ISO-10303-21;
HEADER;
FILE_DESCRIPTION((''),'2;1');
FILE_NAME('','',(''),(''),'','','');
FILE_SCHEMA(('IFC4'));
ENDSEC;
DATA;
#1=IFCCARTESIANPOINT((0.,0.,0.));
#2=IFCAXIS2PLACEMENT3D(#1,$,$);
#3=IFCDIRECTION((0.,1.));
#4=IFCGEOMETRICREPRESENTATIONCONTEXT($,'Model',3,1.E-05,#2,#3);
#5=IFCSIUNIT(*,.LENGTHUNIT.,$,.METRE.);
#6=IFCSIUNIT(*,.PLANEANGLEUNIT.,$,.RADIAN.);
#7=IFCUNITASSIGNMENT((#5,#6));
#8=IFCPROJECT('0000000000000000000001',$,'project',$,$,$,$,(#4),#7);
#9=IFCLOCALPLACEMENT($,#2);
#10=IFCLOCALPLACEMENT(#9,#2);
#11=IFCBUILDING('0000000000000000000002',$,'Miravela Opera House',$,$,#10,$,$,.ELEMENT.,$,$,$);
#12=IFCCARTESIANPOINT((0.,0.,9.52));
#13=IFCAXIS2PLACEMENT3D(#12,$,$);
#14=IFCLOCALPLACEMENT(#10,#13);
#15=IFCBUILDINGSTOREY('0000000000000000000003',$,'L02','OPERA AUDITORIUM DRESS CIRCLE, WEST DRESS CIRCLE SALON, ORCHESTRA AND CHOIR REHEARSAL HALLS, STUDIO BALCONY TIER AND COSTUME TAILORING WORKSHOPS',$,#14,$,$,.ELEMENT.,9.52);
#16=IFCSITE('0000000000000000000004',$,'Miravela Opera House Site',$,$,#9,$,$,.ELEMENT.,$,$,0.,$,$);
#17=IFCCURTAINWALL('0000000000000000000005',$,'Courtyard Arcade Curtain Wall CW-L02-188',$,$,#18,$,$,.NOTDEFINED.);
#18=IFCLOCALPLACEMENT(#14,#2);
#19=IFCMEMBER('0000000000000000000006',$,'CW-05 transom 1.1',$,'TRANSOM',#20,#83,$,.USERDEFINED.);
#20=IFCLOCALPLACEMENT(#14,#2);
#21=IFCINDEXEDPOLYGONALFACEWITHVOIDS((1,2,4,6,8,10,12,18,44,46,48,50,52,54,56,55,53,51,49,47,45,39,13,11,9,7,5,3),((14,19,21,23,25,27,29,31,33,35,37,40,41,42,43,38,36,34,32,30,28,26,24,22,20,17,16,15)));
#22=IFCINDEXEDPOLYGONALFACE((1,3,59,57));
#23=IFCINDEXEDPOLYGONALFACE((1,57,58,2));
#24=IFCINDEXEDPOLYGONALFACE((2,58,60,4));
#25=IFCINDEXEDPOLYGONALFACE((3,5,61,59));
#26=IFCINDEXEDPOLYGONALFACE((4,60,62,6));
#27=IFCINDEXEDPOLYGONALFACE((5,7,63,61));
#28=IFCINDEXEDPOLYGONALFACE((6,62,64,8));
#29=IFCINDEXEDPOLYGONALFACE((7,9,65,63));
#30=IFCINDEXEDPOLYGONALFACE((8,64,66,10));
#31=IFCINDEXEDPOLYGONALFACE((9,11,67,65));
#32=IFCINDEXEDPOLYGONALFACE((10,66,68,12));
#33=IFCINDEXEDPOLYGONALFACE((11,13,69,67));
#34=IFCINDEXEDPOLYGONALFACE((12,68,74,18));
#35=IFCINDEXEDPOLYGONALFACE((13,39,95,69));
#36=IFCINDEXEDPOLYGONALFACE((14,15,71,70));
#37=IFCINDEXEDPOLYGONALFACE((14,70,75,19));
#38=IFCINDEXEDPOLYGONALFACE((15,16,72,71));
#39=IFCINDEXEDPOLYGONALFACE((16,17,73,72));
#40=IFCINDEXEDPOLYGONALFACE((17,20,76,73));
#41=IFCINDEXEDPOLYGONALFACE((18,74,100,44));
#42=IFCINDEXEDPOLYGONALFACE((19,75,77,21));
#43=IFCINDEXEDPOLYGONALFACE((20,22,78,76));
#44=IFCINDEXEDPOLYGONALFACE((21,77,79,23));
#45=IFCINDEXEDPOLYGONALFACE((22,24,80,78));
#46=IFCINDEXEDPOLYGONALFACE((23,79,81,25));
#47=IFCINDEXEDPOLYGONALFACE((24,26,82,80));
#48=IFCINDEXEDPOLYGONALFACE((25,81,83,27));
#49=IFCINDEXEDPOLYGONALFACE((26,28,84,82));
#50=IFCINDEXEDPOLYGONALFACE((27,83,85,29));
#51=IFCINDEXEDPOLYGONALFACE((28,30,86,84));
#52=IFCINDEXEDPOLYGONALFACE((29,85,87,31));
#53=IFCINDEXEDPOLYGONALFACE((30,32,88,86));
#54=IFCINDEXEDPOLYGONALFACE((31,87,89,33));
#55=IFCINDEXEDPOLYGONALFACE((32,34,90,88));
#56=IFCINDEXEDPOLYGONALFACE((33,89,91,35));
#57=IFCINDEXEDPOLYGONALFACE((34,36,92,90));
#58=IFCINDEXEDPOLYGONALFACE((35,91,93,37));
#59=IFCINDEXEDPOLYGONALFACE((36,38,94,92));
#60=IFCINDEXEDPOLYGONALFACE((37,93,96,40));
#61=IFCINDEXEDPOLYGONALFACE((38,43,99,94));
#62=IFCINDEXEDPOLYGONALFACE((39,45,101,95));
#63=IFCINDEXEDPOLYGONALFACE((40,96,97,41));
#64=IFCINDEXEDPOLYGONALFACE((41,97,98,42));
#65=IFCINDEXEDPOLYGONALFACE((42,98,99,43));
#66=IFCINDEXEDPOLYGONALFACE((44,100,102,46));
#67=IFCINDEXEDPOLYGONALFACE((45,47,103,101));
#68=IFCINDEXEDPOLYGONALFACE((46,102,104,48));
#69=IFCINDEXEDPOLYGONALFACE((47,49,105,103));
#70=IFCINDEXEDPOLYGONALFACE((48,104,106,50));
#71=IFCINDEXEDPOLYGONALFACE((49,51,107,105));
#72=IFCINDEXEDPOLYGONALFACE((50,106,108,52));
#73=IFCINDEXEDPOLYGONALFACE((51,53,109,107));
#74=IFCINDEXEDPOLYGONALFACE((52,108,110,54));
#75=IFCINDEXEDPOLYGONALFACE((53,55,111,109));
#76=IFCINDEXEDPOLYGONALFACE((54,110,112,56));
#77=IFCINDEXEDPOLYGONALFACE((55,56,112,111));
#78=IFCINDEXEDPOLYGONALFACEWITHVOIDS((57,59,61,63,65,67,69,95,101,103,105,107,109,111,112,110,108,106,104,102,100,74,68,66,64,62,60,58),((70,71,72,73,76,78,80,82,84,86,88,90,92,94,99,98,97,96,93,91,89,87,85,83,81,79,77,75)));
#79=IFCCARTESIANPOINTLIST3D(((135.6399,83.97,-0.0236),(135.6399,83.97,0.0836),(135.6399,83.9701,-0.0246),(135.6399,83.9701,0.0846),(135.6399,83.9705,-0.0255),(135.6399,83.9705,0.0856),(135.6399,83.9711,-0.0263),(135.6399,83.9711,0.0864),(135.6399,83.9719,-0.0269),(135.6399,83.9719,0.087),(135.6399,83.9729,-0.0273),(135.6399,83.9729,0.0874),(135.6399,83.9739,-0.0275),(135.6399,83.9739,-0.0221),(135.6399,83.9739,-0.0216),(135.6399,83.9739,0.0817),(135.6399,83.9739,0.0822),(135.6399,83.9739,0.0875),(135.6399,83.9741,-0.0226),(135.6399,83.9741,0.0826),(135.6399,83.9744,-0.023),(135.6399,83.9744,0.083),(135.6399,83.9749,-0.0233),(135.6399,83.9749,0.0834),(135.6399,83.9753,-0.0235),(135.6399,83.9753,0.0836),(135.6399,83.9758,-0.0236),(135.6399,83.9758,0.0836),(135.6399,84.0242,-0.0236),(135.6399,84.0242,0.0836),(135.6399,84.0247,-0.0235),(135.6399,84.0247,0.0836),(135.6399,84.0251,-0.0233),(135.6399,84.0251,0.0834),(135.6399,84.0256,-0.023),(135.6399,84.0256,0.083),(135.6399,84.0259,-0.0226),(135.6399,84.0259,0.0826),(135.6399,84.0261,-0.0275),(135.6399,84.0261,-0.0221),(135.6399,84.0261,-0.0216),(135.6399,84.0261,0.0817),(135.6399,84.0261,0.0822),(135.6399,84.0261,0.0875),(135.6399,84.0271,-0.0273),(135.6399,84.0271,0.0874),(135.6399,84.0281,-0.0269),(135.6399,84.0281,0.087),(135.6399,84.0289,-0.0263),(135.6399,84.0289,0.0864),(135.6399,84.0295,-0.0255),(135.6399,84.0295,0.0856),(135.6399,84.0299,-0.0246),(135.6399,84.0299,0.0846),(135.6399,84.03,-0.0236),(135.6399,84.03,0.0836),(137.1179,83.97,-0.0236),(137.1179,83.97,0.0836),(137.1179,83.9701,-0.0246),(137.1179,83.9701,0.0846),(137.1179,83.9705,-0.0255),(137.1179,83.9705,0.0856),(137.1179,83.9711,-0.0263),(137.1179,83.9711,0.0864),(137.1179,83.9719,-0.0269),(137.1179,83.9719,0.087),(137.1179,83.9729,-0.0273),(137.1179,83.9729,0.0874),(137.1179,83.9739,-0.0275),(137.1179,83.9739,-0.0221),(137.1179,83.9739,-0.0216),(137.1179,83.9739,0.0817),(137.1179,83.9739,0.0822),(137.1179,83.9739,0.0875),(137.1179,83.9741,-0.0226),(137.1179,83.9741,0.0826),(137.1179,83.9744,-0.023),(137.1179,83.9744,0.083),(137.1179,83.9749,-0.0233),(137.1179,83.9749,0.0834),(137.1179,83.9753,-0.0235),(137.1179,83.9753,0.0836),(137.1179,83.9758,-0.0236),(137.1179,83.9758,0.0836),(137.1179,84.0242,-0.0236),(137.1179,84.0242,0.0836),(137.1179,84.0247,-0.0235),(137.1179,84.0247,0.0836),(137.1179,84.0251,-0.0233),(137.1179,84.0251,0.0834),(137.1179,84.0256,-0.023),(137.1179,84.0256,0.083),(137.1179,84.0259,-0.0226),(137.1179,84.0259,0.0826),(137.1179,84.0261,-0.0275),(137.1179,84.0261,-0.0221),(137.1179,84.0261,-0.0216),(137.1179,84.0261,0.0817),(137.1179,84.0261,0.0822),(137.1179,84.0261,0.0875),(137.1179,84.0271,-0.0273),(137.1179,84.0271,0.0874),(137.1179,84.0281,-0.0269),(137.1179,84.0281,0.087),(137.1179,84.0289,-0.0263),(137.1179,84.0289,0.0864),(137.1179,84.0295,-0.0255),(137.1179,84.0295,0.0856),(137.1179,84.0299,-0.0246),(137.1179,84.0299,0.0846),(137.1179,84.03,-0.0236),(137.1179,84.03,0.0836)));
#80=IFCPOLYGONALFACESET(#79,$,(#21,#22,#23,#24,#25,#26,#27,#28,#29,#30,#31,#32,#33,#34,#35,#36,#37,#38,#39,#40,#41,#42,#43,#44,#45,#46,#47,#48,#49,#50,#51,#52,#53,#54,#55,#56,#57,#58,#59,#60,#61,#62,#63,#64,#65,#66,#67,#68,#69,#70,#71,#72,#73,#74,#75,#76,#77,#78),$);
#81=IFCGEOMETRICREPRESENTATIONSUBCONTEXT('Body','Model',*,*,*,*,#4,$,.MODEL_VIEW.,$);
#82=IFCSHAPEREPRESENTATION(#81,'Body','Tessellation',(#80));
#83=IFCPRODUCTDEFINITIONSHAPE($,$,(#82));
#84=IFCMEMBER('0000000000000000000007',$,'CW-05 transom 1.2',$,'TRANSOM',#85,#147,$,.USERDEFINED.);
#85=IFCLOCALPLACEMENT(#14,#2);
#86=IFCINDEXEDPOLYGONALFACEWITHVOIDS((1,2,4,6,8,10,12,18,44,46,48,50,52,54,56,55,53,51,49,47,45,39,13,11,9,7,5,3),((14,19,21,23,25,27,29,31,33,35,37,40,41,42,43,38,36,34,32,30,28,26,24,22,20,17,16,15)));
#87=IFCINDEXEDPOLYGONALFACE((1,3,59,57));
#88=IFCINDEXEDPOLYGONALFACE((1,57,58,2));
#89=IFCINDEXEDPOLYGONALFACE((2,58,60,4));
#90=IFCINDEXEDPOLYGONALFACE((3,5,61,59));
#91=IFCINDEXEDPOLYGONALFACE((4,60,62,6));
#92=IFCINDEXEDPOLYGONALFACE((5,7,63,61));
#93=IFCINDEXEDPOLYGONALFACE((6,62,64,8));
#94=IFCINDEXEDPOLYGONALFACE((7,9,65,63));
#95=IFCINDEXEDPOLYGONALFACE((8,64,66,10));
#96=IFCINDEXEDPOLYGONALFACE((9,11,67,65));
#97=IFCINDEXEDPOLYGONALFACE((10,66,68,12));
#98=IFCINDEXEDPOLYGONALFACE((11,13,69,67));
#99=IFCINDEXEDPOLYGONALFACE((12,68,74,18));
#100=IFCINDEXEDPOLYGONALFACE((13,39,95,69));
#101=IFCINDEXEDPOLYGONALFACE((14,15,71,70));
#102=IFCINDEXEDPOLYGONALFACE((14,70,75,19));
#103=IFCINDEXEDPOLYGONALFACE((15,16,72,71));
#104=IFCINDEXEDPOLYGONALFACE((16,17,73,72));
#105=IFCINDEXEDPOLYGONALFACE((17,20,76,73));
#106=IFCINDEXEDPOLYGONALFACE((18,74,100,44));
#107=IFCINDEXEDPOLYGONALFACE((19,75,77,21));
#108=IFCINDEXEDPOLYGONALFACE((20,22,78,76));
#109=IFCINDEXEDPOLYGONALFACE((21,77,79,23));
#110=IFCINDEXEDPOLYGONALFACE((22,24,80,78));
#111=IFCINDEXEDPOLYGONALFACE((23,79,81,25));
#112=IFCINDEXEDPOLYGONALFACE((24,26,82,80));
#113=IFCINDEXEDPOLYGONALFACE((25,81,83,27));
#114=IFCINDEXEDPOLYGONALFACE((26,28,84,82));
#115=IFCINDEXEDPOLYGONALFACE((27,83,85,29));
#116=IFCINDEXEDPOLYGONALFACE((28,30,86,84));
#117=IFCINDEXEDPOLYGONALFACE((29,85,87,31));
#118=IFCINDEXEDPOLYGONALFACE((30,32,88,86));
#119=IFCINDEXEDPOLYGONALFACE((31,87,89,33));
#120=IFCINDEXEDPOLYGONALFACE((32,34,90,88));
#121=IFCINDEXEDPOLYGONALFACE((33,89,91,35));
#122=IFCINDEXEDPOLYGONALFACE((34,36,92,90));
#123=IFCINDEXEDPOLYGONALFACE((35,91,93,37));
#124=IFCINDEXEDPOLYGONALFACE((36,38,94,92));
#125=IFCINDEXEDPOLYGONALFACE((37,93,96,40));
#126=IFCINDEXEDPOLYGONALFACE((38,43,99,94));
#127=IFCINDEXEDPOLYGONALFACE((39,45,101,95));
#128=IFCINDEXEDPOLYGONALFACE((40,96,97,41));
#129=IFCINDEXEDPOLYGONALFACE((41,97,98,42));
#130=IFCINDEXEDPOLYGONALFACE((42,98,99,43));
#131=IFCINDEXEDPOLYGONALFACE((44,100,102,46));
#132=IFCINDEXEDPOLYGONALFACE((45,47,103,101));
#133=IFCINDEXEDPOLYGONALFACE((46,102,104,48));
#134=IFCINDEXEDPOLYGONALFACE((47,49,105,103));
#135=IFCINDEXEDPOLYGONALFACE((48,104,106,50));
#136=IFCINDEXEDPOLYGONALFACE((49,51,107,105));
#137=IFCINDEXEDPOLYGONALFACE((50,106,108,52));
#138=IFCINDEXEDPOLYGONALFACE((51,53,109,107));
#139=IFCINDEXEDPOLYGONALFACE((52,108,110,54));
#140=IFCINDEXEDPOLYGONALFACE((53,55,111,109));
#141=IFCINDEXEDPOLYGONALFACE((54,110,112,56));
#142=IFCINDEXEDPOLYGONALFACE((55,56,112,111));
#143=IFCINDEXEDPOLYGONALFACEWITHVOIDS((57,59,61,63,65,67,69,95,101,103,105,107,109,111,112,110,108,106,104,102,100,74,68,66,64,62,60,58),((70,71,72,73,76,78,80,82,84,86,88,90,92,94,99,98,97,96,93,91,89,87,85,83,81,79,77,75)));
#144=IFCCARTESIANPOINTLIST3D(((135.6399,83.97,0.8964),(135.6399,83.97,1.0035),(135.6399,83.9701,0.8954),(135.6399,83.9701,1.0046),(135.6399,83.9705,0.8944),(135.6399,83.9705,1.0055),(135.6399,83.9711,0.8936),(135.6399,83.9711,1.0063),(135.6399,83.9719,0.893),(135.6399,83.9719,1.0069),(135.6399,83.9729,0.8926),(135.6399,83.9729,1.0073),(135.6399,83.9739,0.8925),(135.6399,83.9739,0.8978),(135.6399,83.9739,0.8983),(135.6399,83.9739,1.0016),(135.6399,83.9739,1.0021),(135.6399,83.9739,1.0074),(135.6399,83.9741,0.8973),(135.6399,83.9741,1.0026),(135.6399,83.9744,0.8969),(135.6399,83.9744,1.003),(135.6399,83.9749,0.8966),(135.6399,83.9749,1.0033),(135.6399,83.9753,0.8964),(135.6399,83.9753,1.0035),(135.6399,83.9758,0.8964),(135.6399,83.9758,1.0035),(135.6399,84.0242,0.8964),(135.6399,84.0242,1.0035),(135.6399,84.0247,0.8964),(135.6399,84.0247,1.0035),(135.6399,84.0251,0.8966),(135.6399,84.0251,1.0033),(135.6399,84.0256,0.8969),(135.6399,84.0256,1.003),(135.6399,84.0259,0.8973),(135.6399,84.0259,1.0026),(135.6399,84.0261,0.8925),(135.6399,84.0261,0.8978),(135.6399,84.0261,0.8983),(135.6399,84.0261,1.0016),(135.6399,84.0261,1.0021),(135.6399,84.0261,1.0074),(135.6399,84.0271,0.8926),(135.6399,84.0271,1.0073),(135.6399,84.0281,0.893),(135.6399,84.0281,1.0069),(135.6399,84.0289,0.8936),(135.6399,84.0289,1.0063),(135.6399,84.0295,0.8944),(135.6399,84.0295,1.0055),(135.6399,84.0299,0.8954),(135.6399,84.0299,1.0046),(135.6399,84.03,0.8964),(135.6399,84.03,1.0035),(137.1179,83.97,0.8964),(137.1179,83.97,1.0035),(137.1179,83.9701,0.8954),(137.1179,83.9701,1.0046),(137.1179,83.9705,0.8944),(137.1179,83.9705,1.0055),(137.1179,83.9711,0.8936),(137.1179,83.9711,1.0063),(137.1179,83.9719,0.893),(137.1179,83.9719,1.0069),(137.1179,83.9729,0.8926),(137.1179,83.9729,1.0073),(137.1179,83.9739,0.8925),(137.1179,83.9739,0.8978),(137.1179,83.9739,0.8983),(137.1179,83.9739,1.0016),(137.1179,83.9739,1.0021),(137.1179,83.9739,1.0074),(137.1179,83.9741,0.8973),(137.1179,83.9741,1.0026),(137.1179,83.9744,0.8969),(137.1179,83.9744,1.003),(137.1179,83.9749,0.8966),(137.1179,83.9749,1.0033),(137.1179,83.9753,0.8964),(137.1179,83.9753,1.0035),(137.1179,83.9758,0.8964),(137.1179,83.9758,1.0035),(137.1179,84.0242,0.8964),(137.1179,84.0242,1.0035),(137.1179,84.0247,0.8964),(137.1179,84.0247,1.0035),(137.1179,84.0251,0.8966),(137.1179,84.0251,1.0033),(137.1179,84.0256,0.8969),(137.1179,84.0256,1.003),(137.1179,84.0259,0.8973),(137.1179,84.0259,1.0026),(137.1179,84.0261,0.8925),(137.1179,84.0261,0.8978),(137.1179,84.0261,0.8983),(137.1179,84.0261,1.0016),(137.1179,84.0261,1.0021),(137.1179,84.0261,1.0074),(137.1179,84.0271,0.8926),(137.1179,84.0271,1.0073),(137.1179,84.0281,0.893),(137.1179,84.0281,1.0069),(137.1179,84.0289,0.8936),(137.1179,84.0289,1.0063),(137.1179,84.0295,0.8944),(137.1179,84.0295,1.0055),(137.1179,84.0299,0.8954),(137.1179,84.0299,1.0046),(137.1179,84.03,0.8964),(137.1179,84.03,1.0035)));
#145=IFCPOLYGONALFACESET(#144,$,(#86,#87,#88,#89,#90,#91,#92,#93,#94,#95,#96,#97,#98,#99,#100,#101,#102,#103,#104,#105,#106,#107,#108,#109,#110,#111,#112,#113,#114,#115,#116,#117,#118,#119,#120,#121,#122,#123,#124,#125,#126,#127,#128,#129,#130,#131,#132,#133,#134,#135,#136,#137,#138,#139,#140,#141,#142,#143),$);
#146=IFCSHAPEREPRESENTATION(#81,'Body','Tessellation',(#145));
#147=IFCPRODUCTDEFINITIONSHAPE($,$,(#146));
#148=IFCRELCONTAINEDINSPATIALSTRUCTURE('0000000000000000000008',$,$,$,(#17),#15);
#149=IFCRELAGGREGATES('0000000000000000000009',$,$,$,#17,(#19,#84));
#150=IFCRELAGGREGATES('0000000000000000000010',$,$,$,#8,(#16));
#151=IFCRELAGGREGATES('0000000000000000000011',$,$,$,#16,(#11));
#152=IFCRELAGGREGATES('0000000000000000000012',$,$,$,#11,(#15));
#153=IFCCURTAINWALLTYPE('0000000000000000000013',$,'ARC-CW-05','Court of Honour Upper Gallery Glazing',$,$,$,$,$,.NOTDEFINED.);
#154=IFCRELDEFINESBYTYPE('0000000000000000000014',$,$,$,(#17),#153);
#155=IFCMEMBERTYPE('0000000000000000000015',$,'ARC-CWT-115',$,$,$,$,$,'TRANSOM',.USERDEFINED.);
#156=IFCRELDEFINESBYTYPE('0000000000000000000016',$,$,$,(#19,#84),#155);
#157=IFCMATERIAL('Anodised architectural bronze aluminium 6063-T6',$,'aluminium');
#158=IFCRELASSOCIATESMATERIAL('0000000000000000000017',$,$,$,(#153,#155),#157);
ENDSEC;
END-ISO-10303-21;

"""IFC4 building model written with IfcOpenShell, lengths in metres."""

from ifc_helpers import new_model, si_unit, direction, frame, origin, origin_2d, place, context, subcontext, project, spatial, hollow_rectangle, extrude, material, material_profile, profile_set, type_object, element, aggregate, save


model = new_model("IFC4")

# Units and contexts
model_context = context("Model", 3, precision=1e-05, world=origin(), true_north=direction((0.0, 1.0)))
body_context = subcontext(model_context, "Body", "Model", "MODEL_VIEW")
ifc_project = project(units=[si_unit("LENGTHUNIT", "METRE"), si_unit("PLANEANGLEUNIT", "RADIAN")], contexts=[model_context])

# Site, building, storey
site_placement = place(None, origin())
site = spatial("IfcSite", under=ifc_project, at=site_placement, Name="Miravela Opera House Site", CompositionType="ELEMENT", RefElevation=0.0)
building_placement = place(site_placement, origin())
building = spatial("IfcBuilding", under=site, at=building_placement, Name="Miravela Opera House", CompositionType="ELEMENT")
storey_placement = place(building_placement, frame((0.0, 0.0, 9.52)))
storey = spatial("IfcBuildingStorey", under=building, at=storey_placement, Name="L02", Description="OPERA AUDITORIUM DRESS CIRCLE, WEST DRESS CIRCLE SALON, ORCHESTRA AND CHOIR REHEARSAL HALLS, STUDIO BALCONY TIER AND COSTUME TAILORING WORKSHOPS", CompositionType="ELEMENT", Elevation=9.52)

# Curtain wall, members
ifc_material_1 = material(Name="Anodised architectural bronze aluminium 6063-T6", Category="aluminium")
curtain_wall_type = type_object("IfcCurtainWallType", Name="ARC-CW-05", Description="Court of Honour Upper Gallery Glazing", PredefinedType="NOTDEFINED", material=ifc_material_1)
curtain_wall_placement = place(storey_placement, origin())
curtain_wall = element("IfcCurtainWall", 1, at=curtain_wall_placement, inside=storey, type_object=curtain_wall_type, Name="Courtyard Arcade Curtain Wall CW-L02-188", PredefinedType="NOTDEFINED")
ifc_material_profile_1 = material_profile(ifc_material_1, hollow_rectangle(XDim=0.0601, YDim=0.115, WallThickness=0.0039, InnerFilletRadius=0.002, OuterFilletRadius=0.0039, at=origin_2d()), Name="CWT-60X115")
ifc_profile_set_1 = profile_set([ifc_material_profile_1])
member_type_1 = type_object("IfcMemberType", Name="ARC-CWT-115", ElementType="TRANSOM", PredefinedType="USERDEFINED", material=ifc_profile_set_1)
member_1_placement = place(storey_placement, frame((135.6399, 84.0, 0.03), z_axis=(1.0, 0.0, 0.0), x_axis=(0.0, 1.0, 0.0)))
member_1 = element("IfcMember", 2, at=member_1_placement, type_object=member_type_1, Name="CW-05 transom 1.1", ObjectType="TRANSOM", PredefinedType="USERDEFINED", context=body_context, shape_type="SweptSolid", body=[
    extrude(hollow_rectangle(XDim=0.0601, YDim=0.115, WallThickness=0.0039, InnerFilletRadius=0.002, OuterFilletRadius=0.0039, at=origin_2d()), origin(), (0.0, 0.0, 1.0), 1.478),
])
member_2_placement = place(storey_placement, frame((135.6399, 84.0, 0.95), z_axis=(1.0, 0.0, 0.0), x_axis=(0.0, 1.0, 0.0)))
member_2 = element("IfcMember", 3, at=member_2_placement, type_object=member_type_1, Name="CW-05 transom 1.2", ObjectType="TRANSOM", PredefinedType="USERDEFINED", context=body_context, shape_type="SweptSolid", body=[
    extrude(hollow_rectangle(XDim=0.0601, YDim=0.115, WallThickness=0.0039, InnerFilletRadius=0.002, OuterFilletRadius=0.0039, at=origin_2d()), origin(), (0.0, 0.0, 1.0), 1.478),
])
aggregate(curtain_wall, [member_1, member_2])

save(model, "model.ifc")
